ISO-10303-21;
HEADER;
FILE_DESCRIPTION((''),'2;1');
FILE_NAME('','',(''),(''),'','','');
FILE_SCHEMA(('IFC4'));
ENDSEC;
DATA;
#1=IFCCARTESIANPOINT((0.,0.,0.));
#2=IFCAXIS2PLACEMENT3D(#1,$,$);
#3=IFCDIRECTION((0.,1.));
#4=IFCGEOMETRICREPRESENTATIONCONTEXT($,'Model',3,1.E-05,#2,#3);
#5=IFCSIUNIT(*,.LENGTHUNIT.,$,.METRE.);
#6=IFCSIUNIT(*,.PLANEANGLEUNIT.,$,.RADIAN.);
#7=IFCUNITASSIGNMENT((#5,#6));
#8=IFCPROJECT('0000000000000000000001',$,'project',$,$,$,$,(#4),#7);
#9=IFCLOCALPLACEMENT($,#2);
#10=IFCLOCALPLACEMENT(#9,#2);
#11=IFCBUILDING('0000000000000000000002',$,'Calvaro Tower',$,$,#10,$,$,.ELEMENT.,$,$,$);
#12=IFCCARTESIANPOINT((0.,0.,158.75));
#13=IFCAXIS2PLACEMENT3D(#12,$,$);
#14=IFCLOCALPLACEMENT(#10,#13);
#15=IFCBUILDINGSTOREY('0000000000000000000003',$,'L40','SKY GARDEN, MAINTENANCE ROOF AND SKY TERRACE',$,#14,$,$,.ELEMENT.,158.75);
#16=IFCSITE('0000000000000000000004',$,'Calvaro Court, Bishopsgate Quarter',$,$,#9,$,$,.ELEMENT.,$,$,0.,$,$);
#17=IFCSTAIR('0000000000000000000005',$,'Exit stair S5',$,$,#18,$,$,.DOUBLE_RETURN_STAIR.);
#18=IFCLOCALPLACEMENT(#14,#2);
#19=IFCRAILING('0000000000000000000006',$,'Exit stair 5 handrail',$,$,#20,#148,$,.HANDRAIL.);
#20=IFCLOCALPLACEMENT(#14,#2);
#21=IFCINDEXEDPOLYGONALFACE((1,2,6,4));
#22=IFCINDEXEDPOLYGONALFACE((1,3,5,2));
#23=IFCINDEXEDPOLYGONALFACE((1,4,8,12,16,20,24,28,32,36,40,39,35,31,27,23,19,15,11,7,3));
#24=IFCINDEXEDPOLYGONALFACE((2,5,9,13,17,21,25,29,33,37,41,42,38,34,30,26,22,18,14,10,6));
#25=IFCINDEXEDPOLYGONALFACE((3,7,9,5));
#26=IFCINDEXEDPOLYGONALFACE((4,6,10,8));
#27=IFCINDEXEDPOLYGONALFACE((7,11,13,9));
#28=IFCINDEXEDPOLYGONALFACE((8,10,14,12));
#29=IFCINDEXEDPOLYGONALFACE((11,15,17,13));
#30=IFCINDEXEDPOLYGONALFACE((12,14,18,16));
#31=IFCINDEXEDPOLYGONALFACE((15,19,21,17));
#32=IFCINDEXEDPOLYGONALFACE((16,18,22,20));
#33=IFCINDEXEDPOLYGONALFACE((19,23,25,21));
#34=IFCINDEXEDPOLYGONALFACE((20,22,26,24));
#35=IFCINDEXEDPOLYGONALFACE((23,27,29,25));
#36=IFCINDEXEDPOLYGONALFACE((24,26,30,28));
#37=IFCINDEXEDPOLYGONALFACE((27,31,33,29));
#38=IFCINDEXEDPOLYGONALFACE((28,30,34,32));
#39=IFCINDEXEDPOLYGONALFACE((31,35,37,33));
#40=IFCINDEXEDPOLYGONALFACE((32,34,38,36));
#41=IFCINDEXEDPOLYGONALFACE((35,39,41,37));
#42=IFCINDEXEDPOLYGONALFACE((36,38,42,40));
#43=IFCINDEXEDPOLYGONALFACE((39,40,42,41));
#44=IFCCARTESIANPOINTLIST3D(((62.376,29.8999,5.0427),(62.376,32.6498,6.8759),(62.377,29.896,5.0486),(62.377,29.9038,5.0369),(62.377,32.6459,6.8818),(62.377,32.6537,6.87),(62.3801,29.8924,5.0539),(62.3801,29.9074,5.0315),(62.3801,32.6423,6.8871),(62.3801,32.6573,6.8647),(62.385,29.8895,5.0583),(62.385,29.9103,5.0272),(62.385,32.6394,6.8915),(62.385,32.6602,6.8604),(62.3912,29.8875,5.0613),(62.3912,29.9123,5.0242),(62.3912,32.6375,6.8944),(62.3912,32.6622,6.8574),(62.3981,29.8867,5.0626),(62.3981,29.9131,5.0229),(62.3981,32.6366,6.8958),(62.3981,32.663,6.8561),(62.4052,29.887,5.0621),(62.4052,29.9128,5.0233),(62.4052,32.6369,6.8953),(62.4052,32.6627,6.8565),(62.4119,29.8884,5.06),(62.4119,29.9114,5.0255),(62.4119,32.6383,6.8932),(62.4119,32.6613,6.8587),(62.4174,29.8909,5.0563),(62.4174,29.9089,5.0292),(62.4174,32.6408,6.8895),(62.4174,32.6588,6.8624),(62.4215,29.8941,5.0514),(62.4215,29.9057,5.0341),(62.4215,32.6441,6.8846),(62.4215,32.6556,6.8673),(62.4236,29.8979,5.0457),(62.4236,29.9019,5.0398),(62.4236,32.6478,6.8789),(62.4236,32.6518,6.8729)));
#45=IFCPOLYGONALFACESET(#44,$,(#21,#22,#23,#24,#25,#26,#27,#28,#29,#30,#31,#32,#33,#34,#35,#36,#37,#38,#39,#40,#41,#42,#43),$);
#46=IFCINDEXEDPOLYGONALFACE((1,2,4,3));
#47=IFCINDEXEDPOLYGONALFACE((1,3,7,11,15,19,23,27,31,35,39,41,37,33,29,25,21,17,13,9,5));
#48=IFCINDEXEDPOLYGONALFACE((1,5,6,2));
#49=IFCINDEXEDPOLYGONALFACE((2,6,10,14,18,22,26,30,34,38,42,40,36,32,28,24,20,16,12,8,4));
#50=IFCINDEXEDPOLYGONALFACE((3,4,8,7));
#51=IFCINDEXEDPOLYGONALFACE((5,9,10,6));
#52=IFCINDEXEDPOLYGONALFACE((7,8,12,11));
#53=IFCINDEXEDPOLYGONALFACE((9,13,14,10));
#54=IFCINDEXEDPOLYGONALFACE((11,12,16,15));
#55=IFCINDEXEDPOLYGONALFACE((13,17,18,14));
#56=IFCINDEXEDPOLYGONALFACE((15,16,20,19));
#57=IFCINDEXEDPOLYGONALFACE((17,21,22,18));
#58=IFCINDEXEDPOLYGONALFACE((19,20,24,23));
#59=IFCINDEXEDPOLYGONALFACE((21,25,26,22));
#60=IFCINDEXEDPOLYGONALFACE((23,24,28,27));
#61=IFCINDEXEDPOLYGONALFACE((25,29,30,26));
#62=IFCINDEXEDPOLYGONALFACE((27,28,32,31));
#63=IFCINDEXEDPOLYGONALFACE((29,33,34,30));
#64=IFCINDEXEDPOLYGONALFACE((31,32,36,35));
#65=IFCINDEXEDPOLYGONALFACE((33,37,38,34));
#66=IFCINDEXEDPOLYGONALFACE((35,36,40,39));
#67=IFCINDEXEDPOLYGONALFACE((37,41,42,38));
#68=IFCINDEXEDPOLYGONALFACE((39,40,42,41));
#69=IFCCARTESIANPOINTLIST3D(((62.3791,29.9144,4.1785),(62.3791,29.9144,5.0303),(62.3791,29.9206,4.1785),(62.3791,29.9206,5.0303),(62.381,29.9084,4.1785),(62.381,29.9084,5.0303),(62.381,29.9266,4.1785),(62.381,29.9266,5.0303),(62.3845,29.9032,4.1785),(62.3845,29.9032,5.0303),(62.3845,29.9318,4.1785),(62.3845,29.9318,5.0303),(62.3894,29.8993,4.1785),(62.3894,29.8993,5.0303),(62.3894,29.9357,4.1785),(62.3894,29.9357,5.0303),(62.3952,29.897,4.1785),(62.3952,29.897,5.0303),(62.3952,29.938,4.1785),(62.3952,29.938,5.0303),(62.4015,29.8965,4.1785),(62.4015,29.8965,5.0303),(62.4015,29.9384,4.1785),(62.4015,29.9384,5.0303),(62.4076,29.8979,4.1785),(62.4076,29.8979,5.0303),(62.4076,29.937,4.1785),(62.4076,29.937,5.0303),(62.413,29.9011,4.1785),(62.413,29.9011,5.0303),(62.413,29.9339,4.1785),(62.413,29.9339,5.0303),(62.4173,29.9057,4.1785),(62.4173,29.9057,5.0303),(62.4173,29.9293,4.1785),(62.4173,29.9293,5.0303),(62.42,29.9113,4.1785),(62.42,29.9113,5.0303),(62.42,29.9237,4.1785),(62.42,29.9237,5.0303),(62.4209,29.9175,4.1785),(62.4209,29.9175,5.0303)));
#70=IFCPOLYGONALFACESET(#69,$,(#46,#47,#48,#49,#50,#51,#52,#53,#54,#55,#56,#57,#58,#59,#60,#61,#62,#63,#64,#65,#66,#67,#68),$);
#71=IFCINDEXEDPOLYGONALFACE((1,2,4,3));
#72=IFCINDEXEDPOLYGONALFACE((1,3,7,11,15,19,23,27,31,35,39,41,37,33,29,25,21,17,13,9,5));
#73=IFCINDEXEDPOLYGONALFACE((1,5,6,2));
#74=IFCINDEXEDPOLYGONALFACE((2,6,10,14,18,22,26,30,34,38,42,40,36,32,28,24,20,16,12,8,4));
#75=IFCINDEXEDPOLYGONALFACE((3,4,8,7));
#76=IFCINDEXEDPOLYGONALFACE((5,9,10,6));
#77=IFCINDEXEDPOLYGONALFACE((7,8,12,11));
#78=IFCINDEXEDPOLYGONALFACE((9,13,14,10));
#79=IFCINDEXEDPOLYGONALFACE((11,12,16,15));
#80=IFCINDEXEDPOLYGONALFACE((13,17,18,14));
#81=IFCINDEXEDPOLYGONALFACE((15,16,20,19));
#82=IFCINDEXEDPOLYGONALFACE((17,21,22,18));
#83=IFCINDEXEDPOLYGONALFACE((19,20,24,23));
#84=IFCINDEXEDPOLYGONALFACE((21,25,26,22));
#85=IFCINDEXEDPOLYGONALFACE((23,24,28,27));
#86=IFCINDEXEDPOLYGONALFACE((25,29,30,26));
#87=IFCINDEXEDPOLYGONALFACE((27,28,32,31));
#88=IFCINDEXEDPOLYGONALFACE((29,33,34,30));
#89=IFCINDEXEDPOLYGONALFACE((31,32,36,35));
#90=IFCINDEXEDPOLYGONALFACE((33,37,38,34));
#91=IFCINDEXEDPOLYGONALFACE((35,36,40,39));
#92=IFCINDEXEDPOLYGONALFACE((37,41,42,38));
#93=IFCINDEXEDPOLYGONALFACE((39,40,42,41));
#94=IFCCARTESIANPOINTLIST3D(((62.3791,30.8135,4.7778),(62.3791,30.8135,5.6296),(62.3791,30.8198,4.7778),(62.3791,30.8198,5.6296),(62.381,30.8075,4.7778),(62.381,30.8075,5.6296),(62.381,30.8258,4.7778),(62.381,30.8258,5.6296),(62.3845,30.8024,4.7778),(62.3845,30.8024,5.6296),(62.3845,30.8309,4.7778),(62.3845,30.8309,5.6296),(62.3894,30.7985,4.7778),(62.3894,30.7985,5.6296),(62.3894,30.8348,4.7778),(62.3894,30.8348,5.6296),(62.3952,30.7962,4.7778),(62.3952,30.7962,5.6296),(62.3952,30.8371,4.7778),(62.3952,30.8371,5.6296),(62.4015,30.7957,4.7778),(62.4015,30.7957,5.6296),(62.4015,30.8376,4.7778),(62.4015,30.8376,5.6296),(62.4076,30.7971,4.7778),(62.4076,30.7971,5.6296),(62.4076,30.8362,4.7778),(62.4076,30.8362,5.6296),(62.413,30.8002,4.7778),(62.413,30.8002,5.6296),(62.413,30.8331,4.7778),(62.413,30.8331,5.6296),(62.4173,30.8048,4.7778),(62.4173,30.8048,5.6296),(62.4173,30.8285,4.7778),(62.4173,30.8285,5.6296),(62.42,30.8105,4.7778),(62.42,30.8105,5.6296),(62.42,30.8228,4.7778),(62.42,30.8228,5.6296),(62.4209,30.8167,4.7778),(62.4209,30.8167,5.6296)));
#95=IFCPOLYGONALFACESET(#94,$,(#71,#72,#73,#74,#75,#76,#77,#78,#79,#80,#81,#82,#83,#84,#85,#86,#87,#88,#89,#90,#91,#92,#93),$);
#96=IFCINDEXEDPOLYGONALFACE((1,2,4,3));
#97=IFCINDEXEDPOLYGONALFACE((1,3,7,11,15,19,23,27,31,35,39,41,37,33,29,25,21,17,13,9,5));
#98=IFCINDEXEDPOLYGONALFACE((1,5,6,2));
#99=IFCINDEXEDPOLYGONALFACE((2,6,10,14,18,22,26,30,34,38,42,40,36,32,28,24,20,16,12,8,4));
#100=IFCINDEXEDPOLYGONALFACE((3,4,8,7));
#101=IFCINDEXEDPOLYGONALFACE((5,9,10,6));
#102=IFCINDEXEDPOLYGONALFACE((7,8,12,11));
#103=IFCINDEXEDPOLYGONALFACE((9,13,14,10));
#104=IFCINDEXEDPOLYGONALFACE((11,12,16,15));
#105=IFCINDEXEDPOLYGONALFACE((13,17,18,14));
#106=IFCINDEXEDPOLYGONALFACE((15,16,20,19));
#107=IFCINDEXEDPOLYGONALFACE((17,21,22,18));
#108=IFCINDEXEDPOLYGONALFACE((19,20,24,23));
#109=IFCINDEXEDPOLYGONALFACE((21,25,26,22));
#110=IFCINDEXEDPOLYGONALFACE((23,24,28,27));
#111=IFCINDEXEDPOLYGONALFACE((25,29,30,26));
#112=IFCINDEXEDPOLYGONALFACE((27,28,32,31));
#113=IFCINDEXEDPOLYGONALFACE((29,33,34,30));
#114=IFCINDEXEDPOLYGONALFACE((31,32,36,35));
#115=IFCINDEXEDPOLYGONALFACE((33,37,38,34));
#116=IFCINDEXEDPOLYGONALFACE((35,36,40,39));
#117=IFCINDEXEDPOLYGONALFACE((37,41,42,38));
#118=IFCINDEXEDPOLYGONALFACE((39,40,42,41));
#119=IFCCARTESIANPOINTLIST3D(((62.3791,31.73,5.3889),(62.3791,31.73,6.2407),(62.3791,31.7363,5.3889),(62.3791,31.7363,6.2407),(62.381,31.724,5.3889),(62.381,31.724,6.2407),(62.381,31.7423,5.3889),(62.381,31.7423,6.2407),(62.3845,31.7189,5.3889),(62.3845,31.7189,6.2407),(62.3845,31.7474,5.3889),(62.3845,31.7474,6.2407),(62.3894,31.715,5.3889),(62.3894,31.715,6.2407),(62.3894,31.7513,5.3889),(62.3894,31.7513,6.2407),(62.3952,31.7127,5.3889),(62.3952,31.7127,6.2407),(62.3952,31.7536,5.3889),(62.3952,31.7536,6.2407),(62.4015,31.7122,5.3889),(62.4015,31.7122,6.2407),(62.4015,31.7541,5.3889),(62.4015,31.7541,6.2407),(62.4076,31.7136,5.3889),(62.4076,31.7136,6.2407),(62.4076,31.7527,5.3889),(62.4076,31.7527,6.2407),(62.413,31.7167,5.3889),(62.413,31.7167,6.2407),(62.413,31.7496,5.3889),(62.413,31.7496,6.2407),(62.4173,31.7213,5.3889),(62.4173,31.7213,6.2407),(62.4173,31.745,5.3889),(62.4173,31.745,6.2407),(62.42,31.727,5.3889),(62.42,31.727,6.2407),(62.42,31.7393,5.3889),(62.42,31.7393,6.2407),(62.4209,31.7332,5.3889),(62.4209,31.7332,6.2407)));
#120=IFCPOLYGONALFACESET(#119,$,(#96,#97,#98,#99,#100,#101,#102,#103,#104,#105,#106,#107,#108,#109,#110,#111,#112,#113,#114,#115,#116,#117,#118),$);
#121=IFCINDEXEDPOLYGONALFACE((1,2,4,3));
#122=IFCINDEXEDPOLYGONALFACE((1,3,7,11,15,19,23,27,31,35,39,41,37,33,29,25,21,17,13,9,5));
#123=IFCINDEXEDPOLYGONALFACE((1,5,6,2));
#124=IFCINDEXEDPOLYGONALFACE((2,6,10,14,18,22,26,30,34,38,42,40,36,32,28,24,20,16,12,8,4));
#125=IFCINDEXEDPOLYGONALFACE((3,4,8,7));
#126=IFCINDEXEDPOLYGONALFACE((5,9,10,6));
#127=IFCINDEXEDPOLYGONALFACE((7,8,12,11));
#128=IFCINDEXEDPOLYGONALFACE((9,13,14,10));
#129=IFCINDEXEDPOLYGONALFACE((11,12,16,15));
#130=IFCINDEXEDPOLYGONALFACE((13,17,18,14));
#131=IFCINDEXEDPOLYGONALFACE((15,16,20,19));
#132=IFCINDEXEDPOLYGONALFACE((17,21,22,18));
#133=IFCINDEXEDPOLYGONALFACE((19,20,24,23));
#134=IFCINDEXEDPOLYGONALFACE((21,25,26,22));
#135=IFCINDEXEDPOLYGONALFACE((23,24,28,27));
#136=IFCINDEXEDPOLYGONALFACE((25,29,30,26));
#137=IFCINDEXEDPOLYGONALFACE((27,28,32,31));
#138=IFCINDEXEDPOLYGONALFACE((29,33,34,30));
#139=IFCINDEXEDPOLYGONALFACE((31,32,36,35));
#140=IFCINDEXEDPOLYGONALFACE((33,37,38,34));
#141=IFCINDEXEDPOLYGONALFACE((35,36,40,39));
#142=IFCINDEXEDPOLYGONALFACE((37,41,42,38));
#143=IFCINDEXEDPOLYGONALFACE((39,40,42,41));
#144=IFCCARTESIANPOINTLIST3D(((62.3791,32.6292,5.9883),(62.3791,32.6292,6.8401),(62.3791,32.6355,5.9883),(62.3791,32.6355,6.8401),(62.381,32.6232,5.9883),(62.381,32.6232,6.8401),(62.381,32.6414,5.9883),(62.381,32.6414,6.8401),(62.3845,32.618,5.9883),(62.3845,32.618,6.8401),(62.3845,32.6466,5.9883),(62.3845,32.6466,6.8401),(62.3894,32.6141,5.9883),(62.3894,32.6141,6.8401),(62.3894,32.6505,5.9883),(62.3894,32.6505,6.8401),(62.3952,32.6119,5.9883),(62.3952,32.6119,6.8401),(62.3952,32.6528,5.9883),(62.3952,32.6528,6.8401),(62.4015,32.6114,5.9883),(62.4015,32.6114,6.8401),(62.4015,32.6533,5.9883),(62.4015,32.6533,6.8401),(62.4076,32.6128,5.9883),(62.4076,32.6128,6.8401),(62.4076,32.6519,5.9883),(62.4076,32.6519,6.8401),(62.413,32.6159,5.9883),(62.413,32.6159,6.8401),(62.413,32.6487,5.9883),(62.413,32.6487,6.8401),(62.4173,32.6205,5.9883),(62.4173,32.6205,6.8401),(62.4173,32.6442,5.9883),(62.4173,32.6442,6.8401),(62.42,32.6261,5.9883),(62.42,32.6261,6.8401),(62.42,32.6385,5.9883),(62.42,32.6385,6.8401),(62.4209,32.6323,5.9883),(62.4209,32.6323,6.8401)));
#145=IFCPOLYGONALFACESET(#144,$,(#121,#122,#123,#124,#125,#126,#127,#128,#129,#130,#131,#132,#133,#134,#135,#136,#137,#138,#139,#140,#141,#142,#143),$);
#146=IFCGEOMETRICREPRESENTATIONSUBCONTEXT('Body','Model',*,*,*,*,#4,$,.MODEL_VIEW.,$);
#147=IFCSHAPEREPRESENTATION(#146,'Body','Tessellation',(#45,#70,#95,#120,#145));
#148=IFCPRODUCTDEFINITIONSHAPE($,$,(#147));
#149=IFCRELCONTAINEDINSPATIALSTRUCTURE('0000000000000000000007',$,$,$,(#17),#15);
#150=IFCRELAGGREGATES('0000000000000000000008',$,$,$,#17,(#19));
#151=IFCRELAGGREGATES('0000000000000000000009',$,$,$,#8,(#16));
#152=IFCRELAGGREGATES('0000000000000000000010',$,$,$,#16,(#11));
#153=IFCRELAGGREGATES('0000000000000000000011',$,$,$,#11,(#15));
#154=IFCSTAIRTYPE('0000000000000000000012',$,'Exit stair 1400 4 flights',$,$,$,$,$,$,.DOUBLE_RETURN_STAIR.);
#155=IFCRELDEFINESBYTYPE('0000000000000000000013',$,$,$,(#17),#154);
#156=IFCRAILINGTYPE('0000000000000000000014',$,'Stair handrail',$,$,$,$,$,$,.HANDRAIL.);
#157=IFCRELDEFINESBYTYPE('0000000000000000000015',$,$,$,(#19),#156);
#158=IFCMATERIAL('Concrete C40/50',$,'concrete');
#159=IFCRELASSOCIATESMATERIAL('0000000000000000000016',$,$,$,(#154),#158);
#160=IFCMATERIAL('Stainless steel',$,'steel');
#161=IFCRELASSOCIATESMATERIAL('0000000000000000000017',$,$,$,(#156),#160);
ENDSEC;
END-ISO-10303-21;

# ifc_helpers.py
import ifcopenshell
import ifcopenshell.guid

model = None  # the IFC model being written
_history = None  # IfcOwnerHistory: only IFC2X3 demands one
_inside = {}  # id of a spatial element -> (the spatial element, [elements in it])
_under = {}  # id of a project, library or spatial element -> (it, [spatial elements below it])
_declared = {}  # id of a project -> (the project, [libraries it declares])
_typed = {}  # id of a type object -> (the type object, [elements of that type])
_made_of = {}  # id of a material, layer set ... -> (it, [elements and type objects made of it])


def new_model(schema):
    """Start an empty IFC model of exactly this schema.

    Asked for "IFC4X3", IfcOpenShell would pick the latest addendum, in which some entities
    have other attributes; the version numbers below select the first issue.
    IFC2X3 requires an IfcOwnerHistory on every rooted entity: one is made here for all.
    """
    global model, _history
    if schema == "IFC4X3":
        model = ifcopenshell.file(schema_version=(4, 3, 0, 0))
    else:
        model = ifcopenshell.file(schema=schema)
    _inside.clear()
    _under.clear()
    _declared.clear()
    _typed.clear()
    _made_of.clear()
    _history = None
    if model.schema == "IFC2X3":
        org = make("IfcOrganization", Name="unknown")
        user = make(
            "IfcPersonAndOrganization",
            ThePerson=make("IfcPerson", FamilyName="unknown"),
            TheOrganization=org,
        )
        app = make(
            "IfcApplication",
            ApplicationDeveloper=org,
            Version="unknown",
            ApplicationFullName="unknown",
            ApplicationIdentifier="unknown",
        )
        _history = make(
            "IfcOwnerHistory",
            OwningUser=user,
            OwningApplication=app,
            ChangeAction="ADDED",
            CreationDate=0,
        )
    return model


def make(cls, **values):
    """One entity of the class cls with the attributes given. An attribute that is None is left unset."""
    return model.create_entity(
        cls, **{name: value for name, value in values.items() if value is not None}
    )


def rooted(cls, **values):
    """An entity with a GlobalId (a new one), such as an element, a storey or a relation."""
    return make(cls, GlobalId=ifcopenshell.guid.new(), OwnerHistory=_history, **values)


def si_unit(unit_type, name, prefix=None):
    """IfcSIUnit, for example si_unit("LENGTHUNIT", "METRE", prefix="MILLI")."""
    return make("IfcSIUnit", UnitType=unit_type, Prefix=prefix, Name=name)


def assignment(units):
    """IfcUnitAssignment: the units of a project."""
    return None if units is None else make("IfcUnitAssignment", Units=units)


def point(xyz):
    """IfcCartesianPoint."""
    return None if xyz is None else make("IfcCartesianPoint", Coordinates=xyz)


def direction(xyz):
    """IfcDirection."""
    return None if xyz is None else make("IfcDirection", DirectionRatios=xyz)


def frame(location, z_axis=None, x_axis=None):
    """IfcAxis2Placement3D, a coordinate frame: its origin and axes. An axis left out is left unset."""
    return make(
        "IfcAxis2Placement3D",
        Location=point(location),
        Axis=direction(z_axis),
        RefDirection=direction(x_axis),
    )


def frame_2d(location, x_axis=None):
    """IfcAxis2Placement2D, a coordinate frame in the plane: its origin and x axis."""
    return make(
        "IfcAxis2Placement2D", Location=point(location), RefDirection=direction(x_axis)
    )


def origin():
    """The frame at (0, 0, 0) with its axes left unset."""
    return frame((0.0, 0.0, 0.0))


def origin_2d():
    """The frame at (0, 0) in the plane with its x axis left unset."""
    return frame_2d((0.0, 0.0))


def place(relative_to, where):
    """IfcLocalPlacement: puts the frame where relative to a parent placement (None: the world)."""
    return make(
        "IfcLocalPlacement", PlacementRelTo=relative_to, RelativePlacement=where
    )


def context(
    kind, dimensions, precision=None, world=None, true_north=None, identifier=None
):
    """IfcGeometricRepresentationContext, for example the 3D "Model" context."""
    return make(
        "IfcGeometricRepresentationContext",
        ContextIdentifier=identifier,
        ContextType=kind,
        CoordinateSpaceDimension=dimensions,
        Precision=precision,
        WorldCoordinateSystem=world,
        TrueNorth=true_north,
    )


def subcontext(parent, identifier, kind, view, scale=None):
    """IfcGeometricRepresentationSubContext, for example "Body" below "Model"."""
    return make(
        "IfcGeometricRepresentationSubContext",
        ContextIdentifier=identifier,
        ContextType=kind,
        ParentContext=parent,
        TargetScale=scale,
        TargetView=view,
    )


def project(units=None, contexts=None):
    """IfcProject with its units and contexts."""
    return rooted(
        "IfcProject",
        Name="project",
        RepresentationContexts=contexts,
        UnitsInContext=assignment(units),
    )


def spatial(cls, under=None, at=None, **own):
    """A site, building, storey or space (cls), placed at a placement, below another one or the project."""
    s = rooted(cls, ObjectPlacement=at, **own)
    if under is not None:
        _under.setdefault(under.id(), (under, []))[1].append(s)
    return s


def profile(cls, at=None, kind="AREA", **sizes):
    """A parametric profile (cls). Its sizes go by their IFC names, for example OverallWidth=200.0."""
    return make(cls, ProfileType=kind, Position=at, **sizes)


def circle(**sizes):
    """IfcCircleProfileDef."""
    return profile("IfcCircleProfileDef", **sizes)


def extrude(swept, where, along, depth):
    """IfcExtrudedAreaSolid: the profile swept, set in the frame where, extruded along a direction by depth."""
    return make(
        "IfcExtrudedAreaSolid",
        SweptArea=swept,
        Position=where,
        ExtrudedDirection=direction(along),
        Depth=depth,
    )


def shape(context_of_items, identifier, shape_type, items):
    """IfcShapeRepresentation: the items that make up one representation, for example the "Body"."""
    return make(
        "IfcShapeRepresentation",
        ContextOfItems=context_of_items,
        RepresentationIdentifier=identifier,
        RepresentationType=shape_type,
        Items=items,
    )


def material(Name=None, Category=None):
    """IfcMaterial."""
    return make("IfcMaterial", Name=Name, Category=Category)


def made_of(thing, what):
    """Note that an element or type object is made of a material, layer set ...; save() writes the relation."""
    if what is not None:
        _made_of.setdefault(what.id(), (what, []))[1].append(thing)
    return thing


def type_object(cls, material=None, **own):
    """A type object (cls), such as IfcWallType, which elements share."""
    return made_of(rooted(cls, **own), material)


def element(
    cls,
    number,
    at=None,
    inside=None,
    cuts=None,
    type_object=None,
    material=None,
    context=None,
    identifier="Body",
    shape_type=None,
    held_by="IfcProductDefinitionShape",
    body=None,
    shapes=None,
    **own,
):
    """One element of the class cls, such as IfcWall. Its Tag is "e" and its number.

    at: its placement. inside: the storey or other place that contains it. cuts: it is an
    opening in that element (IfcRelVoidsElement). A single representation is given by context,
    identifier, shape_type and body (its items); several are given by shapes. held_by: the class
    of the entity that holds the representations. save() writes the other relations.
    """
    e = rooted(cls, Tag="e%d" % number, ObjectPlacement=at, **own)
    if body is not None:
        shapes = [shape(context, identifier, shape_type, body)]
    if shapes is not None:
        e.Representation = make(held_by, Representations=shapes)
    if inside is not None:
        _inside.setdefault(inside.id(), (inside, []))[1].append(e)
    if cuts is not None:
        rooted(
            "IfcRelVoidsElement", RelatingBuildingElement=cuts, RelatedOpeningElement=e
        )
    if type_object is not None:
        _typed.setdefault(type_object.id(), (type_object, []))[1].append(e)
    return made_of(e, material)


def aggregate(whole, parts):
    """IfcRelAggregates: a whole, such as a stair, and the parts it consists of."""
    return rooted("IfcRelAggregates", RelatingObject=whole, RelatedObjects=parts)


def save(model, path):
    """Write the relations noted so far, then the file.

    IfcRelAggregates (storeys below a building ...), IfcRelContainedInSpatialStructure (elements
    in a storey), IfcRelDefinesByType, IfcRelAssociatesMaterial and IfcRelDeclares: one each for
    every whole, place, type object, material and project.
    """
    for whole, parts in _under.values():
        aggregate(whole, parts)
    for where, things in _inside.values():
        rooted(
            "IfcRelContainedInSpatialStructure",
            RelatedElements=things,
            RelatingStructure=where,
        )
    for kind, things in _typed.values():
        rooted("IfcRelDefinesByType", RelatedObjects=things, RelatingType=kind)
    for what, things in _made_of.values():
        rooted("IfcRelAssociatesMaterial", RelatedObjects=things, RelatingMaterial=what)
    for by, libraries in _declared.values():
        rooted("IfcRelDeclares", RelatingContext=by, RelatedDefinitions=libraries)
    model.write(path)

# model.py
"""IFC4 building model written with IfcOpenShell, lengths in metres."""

from ifc_helpers import new_model, si_unit, direction, frame, origin, origin_2d, place, context, subcontext, project, spatial, circle, extrude, material, type_object, element, aggregate, save


model = new_model("IFC4")

# Units and contexts
model_context = context("Model", 3, precision=1e-05, world=origin(), true_north=direction((0.0, 1.0)))
body_context = subcontext(model_context, "Body", "Model", "MODEL_VIEW")
ifc_project = project(units=[si_unit("LENGTHUNIT", "METRE"), si_unit("PLANEANGLEUNIT", "RADIAN")], contexts=[model_context])

# Site, building, storey
site_placement = place(None, origin())
site = spatial("IfcSite", under=ifc_project, at=site_placement, Name="Calvaro Court, Bishopsgate Quarter", CompositionType="ELEMENT", RefElevation=0.0)
building_placement = place(site_placement, origin())
building = spatial("IfcBuilding", under=site, at=building_placement, Name="Calvaro Tower", CompositionType="ELEMENT")
storey_placement = place(building_placement, frame((0.0, 0.0, 158.75)))
storey = spatial("IfcBuildingStorey", under=building, at=storey_placement, Name="L40", Description="SKY GARDEN, MAINTENANCE ROOF AND SKY TERRACE", CompositionType="ELEMENT", Elevation=158.75)

# Stair
ifc_material_1 = material(Name="Concrete C40/50", Category="concrete")
stair_type = type_object("IfcStairType", Name="Exit stair 1400 4 flights", PredefinedType="DOUBLE_RETURN_STAIR", material=ifc_material_1)
stair_1_placement = place(storey_placement, origin())
stair_1 = element("IfcStair", 1, at=stair_1_placement, inside=storey, type_object=stair_type, Name="Exit stair S5", PredefinedType="DOUBLE_RETURN_STAIR")

# Shared definitions
ifc_material_2 = material(Name="Stainless steel", Category="steel")
railing_type = type_object("IfcRailingType", Name="Stair handrail", PredefinedType="HANDRAIL", material=ifc_material_2)

# Railing
railing_1_placement = place(storey_placement, frame((62.3999, 29.8999, 4.1667)))
railing_1 = element("IfcRailing", 2, at=railing_1_placement, type_object=railing_type, Name="Exit stair 5 handrail", PredefinedType="HANDRAIL", context=body_context, shape_type="SweptSolid", body=[
    extrude(circle(Radius=0.0239, at=origin_2d()), frame((0.0, 0.0, 0.876), z_axis=(0.0, 0.832062, 0.554683), x_axis=(-1.0, 0.0, 0.0)), (0.0, 0.0, 1.0), 3.3049),
    extrude(circle(Radius=0.021, at=origin_2d()), frame((0.0, 0.0176, 0.0117)), (0.0, 0.0, 1.0), 0.8518),
    extrude(circle(Radius=0.021, at=origin_2d()), frame((0.0, 0.9167, 0.6111)), (0.0, 0.0, 1.0), 0.8518),
    extrude(circle(Radius=0.021, at=origin_2d()), frame((0.0, 1.8333, 1.2222)), (0.0, 0.0, 1.0), 0.8518),
    extrude(circle(Radius=0.021, at=origin_2d()), frame((0.0, 2.7324, 1.8215)), (0.0, 0.0, 1.0), 0.8518),
])
aggregate(stair_1, [railing_1])

save(model, "model.ifc")
